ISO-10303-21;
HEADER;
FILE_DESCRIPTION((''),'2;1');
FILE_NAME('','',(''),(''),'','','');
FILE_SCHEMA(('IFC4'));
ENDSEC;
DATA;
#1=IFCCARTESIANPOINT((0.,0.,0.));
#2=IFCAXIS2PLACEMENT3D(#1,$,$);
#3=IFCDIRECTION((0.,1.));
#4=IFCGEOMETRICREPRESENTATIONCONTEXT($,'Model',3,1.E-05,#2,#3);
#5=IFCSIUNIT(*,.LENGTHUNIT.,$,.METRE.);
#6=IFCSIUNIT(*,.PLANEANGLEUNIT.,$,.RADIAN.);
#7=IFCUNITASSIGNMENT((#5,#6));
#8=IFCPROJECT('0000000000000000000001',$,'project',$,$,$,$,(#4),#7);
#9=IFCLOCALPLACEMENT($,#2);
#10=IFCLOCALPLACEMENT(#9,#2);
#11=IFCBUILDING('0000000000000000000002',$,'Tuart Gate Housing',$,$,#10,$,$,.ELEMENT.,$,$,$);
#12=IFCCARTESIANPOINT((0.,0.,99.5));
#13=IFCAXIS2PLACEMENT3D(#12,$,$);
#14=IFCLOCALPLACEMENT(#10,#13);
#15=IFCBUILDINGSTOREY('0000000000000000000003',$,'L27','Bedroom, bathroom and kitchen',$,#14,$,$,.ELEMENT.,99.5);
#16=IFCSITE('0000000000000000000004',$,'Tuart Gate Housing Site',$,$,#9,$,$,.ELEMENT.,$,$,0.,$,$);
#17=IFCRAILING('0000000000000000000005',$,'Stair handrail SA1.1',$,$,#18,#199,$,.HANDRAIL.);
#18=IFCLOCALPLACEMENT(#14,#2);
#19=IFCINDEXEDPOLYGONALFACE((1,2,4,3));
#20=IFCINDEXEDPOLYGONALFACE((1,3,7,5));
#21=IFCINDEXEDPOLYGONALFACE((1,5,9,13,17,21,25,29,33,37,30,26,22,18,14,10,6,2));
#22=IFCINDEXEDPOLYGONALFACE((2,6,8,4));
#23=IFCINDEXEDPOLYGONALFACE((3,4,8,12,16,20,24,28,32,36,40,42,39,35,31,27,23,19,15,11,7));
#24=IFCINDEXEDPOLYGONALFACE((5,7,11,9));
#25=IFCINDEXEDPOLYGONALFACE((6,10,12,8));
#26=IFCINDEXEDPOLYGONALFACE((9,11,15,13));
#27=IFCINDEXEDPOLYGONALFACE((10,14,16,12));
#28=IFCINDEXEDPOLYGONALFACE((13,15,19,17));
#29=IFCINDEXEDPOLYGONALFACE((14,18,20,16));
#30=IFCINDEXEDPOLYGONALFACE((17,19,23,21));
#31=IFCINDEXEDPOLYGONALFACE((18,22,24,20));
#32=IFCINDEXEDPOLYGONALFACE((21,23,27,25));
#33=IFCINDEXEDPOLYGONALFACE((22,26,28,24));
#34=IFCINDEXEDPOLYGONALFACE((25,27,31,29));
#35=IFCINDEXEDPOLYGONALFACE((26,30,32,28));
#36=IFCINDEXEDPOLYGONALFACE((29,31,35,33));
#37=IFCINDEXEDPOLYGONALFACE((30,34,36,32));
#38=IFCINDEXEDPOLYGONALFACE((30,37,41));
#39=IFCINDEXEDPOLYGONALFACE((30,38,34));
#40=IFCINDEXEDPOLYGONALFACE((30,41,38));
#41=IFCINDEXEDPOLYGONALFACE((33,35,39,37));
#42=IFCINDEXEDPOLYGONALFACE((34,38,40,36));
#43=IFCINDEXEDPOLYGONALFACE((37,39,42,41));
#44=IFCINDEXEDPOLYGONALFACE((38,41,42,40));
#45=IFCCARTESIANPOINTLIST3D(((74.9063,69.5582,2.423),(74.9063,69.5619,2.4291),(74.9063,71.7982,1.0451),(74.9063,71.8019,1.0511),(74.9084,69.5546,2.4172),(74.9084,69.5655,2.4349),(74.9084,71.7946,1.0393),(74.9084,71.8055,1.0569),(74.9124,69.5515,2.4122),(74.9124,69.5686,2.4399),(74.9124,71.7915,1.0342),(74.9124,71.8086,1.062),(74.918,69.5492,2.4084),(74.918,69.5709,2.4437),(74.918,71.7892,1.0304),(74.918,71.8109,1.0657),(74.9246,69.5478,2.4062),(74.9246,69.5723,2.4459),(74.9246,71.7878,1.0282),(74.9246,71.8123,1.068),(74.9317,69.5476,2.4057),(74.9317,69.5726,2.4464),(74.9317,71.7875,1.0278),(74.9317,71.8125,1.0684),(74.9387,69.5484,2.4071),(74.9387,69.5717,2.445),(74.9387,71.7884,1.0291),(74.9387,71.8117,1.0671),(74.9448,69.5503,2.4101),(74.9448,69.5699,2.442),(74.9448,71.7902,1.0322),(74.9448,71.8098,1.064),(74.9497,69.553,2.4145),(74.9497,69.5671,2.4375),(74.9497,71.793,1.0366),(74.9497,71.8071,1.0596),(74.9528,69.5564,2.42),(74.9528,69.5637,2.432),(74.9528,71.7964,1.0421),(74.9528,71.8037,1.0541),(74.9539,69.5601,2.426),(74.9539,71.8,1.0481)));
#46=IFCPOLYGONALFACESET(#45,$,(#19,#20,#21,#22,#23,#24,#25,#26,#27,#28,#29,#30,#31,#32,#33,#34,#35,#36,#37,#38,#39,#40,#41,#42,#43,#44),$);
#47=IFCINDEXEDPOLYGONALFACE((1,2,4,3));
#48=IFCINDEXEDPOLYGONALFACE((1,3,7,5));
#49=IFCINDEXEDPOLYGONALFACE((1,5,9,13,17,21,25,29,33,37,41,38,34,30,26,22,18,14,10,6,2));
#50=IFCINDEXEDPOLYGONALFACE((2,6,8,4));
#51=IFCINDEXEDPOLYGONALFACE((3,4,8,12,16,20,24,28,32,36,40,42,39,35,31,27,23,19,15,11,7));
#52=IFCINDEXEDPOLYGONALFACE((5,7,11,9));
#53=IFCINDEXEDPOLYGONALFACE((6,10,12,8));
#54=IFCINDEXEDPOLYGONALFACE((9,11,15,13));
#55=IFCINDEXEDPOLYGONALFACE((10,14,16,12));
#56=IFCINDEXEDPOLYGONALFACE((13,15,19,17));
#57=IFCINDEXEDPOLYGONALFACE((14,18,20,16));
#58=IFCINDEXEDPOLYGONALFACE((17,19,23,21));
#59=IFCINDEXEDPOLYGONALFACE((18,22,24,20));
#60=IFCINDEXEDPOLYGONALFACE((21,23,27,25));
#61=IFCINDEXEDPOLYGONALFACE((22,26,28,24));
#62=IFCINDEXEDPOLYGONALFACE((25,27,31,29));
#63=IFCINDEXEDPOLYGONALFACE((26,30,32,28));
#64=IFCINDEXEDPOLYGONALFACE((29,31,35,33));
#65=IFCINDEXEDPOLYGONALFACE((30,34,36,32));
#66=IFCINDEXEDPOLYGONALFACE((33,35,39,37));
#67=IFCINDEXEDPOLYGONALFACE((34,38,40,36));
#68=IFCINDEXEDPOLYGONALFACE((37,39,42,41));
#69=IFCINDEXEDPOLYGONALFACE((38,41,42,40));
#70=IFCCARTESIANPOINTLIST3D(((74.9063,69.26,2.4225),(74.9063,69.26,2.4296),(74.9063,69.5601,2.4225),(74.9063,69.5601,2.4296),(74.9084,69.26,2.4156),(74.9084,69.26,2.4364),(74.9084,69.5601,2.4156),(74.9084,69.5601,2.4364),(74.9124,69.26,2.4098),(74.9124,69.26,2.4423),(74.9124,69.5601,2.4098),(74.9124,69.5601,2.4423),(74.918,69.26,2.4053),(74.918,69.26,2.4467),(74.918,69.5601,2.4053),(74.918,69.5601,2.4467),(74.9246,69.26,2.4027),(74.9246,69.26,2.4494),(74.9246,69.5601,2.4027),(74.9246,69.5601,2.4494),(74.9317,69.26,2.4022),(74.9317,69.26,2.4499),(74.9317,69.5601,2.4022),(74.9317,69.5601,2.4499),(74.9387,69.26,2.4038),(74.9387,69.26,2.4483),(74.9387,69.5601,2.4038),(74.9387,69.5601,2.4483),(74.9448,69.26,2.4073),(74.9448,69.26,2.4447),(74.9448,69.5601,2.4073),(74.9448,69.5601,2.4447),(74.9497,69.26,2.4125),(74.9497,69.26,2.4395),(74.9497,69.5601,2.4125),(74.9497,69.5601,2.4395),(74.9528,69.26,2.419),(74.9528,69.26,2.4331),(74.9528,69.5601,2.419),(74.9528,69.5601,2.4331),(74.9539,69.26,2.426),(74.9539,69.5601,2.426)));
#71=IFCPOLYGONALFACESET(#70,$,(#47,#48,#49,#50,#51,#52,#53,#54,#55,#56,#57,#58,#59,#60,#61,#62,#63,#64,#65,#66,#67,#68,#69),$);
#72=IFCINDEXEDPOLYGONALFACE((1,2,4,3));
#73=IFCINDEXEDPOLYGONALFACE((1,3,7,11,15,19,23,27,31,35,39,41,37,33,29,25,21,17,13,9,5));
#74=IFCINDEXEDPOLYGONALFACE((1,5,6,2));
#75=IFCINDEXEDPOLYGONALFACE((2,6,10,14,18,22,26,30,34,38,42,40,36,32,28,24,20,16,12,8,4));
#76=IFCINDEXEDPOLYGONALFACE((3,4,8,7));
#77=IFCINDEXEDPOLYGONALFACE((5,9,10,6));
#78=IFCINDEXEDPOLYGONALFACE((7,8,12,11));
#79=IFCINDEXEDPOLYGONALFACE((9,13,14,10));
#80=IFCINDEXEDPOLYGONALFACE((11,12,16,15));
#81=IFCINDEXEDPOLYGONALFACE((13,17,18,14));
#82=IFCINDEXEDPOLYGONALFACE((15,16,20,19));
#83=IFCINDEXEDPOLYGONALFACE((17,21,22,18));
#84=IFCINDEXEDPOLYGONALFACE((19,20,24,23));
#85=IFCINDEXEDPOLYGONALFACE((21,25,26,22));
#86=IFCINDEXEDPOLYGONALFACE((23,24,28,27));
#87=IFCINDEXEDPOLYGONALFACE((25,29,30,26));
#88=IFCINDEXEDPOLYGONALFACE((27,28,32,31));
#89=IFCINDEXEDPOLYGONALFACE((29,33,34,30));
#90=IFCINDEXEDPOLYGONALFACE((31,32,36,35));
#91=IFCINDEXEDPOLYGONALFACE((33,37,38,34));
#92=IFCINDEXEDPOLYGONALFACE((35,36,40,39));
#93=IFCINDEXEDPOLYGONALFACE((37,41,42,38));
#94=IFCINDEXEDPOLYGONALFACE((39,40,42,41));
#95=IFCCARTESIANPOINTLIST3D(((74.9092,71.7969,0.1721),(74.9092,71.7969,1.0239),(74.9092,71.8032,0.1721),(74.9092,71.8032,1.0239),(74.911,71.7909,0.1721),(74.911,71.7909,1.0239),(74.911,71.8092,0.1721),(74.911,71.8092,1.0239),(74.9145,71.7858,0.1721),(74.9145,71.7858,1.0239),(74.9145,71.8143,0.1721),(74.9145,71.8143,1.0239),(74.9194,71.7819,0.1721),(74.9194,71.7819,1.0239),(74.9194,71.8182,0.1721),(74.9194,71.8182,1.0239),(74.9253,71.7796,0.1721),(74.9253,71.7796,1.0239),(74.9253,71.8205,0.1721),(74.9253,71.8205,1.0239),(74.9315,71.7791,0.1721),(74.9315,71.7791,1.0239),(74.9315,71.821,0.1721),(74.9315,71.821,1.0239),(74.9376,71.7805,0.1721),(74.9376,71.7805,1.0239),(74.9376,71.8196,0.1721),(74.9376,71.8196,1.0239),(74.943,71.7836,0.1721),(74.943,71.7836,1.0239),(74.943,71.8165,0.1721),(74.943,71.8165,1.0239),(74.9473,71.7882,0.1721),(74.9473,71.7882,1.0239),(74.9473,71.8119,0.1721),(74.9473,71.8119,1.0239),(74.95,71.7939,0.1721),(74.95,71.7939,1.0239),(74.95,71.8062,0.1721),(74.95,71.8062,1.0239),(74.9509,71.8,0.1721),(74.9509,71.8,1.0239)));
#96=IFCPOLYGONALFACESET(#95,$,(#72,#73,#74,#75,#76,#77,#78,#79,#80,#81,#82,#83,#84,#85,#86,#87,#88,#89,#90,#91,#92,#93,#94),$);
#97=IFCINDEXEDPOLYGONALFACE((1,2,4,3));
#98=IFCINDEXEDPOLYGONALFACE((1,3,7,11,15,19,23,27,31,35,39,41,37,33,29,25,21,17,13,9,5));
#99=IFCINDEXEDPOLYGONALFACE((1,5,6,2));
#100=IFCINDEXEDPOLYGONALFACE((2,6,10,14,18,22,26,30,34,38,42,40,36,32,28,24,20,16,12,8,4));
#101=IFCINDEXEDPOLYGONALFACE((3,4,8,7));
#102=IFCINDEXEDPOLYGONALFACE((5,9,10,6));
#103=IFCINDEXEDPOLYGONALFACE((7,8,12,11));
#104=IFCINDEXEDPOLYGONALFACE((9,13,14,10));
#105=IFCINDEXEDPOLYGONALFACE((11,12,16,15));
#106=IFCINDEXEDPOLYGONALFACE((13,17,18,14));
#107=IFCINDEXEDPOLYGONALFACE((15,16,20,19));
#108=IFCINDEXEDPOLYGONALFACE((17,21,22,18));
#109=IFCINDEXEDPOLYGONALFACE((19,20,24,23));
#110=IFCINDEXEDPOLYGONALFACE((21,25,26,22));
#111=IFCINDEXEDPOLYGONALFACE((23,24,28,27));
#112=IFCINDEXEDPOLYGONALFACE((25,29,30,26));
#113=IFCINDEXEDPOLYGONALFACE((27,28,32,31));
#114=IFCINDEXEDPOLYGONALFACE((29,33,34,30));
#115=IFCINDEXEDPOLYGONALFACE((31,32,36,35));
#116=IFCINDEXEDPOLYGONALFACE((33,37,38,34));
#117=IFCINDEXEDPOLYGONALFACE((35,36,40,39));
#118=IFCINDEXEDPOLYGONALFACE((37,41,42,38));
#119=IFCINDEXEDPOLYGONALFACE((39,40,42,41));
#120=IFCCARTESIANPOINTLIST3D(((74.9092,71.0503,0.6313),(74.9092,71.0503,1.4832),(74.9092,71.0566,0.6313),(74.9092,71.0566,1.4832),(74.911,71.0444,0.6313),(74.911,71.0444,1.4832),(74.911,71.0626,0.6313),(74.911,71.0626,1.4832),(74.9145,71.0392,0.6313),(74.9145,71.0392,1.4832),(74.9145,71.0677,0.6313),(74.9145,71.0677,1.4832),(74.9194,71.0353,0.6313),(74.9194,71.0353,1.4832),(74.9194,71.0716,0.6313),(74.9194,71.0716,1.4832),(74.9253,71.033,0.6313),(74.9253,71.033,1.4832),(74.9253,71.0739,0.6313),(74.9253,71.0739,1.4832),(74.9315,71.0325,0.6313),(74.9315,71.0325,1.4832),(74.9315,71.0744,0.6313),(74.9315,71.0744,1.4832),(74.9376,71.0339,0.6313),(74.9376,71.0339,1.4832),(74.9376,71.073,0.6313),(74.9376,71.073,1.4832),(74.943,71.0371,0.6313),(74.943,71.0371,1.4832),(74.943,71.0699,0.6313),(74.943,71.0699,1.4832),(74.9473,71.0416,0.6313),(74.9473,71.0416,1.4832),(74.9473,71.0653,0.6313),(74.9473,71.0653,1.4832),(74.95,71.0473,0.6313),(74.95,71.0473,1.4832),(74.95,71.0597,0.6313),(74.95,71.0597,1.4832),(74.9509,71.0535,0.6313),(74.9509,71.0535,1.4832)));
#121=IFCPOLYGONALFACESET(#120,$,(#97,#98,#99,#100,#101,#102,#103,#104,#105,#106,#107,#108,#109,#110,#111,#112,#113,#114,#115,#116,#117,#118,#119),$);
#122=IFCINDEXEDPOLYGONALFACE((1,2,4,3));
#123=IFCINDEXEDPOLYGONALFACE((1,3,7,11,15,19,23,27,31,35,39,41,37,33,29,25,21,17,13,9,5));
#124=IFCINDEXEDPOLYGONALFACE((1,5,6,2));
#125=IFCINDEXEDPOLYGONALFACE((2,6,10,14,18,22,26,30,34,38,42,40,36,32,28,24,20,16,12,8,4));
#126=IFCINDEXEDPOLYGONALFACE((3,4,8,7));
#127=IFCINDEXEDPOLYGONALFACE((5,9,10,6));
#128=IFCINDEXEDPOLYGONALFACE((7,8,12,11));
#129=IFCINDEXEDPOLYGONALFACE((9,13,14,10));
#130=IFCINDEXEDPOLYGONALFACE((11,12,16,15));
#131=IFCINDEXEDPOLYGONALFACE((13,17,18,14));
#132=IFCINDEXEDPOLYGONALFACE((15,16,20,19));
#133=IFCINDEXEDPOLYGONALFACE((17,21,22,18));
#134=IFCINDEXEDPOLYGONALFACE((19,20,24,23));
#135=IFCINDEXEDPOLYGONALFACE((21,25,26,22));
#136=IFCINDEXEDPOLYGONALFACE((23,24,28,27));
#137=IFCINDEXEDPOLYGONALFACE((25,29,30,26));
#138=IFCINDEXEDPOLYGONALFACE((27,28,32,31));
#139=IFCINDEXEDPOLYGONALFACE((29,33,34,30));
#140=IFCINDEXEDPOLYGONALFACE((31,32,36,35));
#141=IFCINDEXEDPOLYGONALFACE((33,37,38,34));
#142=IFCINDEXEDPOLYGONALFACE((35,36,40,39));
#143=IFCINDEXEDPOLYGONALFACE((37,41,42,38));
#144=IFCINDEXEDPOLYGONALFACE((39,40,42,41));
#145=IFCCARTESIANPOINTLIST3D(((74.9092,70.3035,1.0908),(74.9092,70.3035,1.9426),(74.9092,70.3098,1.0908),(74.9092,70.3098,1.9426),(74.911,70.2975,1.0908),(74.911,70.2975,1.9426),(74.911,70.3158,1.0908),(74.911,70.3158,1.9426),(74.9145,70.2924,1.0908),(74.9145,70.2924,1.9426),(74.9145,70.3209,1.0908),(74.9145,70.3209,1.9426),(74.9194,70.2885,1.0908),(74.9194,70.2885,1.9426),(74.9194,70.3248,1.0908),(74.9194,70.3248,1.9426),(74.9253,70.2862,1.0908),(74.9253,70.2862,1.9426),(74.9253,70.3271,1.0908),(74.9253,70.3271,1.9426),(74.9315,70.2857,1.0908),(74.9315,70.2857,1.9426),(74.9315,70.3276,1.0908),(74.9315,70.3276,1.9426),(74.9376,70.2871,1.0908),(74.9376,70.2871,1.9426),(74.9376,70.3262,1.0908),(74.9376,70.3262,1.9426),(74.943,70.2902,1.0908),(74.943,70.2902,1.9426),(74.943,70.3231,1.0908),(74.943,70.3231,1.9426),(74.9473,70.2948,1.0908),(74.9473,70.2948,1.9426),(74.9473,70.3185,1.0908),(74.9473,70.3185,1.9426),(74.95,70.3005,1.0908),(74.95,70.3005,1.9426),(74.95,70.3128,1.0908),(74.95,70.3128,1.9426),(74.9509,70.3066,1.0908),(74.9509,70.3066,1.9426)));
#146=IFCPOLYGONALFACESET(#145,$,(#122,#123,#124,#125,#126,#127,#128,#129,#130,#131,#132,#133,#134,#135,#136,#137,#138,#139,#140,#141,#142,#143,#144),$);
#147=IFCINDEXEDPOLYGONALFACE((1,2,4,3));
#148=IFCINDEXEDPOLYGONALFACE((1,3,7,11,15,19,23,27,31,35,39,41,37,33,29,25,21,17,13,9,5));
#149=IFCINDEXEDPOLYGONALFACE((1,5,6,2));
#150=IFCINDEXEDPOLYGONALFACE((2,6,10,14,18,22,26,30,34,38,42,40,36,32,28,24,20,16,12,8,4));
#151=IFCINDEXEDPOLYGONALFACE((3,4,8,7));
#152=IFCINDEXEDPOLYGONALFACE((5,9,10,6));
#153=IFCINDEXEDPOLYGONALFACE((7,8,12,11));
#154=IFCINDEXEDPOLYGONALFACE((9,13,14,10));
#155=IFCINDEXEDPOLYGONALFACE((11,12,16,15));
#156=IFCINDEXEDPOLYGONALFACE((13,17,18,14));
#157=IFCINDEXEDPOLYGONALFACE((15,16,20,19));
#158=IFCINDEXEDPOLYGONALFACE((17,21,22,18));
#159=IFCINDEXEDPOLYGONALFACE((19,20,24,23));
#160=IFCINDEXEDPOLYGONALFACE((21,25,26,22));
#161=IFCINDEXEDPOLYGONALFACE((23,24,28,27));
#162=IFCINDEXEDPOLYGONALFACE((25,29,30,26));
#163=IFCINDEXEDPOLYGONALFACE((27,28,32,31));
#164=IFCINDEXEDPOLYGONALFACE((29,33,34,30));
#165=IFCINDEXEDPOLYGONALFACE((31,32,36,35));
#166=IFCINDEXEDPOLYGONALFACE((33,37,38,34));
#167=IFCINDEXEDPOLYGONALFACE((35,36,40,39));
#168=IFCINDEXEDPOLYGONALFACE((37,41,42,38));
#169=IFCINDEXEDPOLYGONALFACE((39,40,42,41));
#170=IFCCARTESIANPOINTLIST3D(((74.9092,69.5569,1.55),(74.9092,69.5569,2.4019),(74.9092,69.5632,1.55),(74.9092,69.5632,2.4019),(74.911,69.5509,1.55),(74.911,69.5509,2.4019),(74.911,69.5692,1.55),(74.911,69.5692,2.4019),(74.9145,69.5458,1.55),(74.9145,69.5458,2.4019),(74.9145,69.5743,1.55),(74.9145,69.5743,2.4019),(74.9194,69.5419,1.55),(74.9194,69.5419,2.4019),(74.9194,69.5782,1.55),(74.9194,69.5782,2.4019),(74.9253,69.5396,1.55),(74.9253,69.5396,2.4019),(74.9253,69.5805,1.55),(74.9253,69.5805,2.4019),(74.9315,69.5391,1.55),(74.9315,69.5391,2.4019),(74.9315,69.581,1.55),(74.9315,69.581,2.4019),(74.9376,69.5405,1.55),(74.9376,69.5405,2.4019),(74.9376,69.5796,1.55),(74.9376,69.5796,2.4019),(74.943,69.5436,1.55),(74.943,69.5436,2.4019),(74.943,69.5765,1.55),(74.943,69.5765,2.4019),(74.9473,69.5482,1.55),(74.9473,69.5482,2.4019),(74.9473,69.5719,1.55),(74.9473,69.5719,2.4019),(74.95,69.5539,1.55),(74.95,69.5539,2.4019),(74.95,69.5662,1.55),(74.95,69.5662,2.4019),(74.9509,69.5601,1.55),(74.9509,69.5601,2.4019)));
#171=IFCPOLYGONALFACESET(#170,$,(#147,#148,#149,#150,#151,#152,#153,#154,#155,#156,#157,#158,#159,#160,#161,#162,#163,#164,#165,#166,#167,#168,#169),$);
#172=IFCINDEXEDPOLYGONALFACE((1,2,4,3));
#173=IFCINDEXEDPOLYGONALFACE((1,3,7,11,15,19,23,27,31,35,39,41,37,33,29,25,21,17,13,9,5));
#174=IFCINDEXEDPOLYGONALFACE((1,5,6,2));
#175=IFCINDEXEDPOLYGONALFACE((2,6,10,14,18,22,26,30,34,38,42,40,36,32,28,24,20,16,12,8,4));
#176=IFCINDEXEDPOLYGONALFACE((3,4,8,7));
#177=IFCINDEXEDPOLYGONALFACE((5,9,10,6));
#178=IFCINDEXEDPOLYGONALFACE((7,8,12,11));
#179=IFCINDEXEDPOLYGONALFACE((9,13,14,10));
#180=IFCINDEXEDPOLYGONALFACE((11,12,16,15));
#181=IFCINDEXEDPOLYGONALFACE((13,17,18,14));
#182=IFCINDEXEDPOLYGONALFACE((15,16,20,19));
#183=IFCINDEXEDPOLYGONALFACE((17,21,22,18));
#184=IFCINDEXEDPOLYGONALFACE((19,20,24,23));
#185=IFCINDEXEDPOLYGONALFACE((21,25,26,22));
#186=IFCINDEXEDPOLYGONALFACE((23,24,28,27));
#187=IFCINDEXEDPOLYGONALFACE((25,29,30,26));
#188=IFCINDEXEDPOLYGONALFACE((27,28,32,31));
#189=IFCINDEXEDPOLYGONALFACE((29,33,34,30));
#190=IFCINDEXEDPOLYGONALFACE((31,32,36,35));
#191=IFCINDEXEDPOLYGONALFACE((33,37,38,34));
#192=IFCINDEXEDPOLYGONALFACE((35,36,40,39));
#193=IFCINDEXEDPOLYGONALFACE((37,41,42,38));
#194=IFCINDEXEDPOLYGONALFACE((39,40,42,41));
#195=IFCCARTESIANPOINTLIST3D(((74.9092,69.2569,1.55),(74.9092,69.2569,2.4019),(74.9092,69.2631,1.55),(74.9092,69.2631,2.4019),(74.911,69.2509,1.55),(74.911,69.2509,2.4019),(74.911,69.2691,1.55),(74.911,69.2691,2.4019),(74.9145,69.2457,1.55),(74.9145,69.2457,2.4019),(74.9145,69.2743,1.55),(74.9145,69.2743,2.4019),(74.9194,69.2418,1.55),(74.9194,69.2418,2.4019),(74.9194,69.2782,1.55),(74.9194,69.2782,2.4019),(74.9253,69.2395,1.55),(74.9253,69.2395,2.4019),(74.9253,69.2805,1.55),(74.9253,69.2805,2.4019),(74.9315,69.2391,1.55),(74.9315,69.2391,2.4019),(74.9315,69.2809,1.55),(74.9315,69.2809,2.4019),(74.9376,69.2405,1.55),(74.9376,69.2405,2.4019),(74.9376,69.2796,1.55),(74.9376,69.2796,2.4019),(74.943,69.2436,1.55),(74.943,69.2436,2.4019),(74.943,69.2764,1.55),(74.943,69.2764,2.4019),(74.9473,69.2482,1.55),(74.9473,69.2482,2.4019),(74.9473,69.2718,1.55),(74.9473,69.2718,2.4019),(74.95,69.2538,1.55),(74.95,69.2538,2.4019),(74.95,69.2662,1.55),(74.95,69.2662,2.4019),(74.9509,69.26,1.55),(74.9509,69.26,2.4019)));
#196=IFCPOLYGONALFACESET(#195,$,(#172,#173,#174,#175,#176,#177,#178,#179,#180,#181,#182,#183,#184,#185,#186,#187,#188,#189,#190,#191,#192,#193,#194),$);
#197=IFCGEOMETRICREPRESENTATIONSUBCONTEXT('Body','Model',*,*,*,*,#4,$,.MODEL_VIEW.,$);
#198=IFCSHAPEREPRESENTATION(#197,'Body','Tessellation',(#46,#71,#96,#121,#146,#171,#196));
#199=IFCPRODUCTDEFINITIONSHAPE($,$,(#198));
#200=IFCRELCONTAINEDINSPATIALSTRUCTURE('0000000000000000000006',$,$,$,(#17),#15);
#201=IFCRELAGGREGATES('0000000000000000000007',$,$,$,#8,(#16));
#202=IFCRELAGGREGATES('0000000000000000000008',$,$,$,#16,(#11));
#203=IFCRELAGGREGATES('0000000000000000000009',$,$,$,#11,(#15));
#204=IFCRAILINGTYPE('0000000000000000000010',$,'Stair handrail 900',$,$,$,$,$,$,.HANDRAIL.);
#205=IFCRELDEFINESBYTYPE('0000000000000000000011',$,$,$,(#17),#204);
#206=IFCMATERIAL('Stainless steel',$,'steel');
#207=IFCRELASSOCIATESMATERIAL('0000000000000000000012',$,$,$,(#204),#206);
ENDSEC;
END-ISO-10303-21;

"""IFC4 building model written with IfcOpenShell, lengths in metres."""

from ifc_helpers import new_model, si_unit, direction, frame, origin, origin_2d, place, context, subcontext, project, spatial, circle, extrude, material, type_object, element, save


model = new_model("IFC4")

# Units and contexts
model_context = context("Model", 3, precision=1e-05, world=origin(), true_north=direction((0.0, 1.0)))
body_context = subcontext(model_context, "Body", "Model", "MODEL_VIEW")
ifc_project = project(units=[si_unit("LENGTHUNIT", "METRE"), si_unit("PLANEANGLEUNIT", "RADIAN")], contexts=[model_context])

# Site, building, storey
site_placement = place(None, origin())
site = spatial("IfcSite", under=ifc_project, at=site_placement, Name="Tuart Gate Housing Site", CompositionType="ELEMENT", RefElevation=0.0)
building_placement = place(site_placement, origin())
building = spatial("IfcBuilding", under=site, at=building_placement, Name="Tuart Gate Housing", CompositionType="ELEMENT")
storey_placement = place(building_placement, frame((0.0, 0.0, 99.5)))
storey = spatial("IfcBuildingStorey", under=building, at=storey_placement, Name="L27", Description="Bedroom, bathroom and kitchen", CompositionType="ELEMENT", Elevation=99.5)

# Railing
ifc_material_1 = material(Name="Stainless steel", Category="steel")
railing_type = type_object("IfcRailingType", Name="Stair handrail 900", PredefinedType="HANDRAIL", material=ifc_material_1)
railing_placement = place(storey_placement, frame((74.9299, 71.8, 0.1721)))
element("IfcRailing", 1, at=railing_placement, inside=storey, type_object=railing_type, Name="Stair handrail SA1.1", PredefinedType="HANDRAIL", context=body_context, shape_type="SweptSolid", body=[
    extrude(circle(Radius=0.0239, at=origin_2d()), frame((0.0, 0.0, 0.876), z_axis=(0.0, -0.851748, 0.523952), x_axis=(1.0, 0.0, 0.0)), (0.0, 0.0, 1.0), 2.6299),
    extrude(circle(Radius=0.0239, at=origin_2d()), frame((0.0, -2.24, 2.2539), z_axis=(0.0, -1.0, 0.0), x_axis=(1.0, 0.0, 0.0)), (0.0, 0.0, 1.0), 0.3),
    extrude(circle(Radius=0.021, at=origin_2d()), origin(), (0.0, 0.0, 1.0), 0.8518),
    extrude(circle(Radius=0.021, at=origin_2d()), frame((0.0, -0.7466, 0.4592)), (0.0, 0.0, 1.0), 0.8518),
    extrude(circle(Radius=0.021, at=origin_2d()), frame((0.0, -1.4934, 0.9187)), (0.0, 0.0, 1.0), 0.8518),
    extrude(circle(Radius=0.021, at=origin_2d()), frame((0.0, -2.24, 1.3779)), (0.0, 0.0, 1.0), 0.8518),
    extrude(circle(Radius=0.021, at=origin_2d()), frame((0.0, -2.54, 1.3779)), (0.0, 0.0, 1.0), 0.8518),
])

save(model, "model.ifc")
